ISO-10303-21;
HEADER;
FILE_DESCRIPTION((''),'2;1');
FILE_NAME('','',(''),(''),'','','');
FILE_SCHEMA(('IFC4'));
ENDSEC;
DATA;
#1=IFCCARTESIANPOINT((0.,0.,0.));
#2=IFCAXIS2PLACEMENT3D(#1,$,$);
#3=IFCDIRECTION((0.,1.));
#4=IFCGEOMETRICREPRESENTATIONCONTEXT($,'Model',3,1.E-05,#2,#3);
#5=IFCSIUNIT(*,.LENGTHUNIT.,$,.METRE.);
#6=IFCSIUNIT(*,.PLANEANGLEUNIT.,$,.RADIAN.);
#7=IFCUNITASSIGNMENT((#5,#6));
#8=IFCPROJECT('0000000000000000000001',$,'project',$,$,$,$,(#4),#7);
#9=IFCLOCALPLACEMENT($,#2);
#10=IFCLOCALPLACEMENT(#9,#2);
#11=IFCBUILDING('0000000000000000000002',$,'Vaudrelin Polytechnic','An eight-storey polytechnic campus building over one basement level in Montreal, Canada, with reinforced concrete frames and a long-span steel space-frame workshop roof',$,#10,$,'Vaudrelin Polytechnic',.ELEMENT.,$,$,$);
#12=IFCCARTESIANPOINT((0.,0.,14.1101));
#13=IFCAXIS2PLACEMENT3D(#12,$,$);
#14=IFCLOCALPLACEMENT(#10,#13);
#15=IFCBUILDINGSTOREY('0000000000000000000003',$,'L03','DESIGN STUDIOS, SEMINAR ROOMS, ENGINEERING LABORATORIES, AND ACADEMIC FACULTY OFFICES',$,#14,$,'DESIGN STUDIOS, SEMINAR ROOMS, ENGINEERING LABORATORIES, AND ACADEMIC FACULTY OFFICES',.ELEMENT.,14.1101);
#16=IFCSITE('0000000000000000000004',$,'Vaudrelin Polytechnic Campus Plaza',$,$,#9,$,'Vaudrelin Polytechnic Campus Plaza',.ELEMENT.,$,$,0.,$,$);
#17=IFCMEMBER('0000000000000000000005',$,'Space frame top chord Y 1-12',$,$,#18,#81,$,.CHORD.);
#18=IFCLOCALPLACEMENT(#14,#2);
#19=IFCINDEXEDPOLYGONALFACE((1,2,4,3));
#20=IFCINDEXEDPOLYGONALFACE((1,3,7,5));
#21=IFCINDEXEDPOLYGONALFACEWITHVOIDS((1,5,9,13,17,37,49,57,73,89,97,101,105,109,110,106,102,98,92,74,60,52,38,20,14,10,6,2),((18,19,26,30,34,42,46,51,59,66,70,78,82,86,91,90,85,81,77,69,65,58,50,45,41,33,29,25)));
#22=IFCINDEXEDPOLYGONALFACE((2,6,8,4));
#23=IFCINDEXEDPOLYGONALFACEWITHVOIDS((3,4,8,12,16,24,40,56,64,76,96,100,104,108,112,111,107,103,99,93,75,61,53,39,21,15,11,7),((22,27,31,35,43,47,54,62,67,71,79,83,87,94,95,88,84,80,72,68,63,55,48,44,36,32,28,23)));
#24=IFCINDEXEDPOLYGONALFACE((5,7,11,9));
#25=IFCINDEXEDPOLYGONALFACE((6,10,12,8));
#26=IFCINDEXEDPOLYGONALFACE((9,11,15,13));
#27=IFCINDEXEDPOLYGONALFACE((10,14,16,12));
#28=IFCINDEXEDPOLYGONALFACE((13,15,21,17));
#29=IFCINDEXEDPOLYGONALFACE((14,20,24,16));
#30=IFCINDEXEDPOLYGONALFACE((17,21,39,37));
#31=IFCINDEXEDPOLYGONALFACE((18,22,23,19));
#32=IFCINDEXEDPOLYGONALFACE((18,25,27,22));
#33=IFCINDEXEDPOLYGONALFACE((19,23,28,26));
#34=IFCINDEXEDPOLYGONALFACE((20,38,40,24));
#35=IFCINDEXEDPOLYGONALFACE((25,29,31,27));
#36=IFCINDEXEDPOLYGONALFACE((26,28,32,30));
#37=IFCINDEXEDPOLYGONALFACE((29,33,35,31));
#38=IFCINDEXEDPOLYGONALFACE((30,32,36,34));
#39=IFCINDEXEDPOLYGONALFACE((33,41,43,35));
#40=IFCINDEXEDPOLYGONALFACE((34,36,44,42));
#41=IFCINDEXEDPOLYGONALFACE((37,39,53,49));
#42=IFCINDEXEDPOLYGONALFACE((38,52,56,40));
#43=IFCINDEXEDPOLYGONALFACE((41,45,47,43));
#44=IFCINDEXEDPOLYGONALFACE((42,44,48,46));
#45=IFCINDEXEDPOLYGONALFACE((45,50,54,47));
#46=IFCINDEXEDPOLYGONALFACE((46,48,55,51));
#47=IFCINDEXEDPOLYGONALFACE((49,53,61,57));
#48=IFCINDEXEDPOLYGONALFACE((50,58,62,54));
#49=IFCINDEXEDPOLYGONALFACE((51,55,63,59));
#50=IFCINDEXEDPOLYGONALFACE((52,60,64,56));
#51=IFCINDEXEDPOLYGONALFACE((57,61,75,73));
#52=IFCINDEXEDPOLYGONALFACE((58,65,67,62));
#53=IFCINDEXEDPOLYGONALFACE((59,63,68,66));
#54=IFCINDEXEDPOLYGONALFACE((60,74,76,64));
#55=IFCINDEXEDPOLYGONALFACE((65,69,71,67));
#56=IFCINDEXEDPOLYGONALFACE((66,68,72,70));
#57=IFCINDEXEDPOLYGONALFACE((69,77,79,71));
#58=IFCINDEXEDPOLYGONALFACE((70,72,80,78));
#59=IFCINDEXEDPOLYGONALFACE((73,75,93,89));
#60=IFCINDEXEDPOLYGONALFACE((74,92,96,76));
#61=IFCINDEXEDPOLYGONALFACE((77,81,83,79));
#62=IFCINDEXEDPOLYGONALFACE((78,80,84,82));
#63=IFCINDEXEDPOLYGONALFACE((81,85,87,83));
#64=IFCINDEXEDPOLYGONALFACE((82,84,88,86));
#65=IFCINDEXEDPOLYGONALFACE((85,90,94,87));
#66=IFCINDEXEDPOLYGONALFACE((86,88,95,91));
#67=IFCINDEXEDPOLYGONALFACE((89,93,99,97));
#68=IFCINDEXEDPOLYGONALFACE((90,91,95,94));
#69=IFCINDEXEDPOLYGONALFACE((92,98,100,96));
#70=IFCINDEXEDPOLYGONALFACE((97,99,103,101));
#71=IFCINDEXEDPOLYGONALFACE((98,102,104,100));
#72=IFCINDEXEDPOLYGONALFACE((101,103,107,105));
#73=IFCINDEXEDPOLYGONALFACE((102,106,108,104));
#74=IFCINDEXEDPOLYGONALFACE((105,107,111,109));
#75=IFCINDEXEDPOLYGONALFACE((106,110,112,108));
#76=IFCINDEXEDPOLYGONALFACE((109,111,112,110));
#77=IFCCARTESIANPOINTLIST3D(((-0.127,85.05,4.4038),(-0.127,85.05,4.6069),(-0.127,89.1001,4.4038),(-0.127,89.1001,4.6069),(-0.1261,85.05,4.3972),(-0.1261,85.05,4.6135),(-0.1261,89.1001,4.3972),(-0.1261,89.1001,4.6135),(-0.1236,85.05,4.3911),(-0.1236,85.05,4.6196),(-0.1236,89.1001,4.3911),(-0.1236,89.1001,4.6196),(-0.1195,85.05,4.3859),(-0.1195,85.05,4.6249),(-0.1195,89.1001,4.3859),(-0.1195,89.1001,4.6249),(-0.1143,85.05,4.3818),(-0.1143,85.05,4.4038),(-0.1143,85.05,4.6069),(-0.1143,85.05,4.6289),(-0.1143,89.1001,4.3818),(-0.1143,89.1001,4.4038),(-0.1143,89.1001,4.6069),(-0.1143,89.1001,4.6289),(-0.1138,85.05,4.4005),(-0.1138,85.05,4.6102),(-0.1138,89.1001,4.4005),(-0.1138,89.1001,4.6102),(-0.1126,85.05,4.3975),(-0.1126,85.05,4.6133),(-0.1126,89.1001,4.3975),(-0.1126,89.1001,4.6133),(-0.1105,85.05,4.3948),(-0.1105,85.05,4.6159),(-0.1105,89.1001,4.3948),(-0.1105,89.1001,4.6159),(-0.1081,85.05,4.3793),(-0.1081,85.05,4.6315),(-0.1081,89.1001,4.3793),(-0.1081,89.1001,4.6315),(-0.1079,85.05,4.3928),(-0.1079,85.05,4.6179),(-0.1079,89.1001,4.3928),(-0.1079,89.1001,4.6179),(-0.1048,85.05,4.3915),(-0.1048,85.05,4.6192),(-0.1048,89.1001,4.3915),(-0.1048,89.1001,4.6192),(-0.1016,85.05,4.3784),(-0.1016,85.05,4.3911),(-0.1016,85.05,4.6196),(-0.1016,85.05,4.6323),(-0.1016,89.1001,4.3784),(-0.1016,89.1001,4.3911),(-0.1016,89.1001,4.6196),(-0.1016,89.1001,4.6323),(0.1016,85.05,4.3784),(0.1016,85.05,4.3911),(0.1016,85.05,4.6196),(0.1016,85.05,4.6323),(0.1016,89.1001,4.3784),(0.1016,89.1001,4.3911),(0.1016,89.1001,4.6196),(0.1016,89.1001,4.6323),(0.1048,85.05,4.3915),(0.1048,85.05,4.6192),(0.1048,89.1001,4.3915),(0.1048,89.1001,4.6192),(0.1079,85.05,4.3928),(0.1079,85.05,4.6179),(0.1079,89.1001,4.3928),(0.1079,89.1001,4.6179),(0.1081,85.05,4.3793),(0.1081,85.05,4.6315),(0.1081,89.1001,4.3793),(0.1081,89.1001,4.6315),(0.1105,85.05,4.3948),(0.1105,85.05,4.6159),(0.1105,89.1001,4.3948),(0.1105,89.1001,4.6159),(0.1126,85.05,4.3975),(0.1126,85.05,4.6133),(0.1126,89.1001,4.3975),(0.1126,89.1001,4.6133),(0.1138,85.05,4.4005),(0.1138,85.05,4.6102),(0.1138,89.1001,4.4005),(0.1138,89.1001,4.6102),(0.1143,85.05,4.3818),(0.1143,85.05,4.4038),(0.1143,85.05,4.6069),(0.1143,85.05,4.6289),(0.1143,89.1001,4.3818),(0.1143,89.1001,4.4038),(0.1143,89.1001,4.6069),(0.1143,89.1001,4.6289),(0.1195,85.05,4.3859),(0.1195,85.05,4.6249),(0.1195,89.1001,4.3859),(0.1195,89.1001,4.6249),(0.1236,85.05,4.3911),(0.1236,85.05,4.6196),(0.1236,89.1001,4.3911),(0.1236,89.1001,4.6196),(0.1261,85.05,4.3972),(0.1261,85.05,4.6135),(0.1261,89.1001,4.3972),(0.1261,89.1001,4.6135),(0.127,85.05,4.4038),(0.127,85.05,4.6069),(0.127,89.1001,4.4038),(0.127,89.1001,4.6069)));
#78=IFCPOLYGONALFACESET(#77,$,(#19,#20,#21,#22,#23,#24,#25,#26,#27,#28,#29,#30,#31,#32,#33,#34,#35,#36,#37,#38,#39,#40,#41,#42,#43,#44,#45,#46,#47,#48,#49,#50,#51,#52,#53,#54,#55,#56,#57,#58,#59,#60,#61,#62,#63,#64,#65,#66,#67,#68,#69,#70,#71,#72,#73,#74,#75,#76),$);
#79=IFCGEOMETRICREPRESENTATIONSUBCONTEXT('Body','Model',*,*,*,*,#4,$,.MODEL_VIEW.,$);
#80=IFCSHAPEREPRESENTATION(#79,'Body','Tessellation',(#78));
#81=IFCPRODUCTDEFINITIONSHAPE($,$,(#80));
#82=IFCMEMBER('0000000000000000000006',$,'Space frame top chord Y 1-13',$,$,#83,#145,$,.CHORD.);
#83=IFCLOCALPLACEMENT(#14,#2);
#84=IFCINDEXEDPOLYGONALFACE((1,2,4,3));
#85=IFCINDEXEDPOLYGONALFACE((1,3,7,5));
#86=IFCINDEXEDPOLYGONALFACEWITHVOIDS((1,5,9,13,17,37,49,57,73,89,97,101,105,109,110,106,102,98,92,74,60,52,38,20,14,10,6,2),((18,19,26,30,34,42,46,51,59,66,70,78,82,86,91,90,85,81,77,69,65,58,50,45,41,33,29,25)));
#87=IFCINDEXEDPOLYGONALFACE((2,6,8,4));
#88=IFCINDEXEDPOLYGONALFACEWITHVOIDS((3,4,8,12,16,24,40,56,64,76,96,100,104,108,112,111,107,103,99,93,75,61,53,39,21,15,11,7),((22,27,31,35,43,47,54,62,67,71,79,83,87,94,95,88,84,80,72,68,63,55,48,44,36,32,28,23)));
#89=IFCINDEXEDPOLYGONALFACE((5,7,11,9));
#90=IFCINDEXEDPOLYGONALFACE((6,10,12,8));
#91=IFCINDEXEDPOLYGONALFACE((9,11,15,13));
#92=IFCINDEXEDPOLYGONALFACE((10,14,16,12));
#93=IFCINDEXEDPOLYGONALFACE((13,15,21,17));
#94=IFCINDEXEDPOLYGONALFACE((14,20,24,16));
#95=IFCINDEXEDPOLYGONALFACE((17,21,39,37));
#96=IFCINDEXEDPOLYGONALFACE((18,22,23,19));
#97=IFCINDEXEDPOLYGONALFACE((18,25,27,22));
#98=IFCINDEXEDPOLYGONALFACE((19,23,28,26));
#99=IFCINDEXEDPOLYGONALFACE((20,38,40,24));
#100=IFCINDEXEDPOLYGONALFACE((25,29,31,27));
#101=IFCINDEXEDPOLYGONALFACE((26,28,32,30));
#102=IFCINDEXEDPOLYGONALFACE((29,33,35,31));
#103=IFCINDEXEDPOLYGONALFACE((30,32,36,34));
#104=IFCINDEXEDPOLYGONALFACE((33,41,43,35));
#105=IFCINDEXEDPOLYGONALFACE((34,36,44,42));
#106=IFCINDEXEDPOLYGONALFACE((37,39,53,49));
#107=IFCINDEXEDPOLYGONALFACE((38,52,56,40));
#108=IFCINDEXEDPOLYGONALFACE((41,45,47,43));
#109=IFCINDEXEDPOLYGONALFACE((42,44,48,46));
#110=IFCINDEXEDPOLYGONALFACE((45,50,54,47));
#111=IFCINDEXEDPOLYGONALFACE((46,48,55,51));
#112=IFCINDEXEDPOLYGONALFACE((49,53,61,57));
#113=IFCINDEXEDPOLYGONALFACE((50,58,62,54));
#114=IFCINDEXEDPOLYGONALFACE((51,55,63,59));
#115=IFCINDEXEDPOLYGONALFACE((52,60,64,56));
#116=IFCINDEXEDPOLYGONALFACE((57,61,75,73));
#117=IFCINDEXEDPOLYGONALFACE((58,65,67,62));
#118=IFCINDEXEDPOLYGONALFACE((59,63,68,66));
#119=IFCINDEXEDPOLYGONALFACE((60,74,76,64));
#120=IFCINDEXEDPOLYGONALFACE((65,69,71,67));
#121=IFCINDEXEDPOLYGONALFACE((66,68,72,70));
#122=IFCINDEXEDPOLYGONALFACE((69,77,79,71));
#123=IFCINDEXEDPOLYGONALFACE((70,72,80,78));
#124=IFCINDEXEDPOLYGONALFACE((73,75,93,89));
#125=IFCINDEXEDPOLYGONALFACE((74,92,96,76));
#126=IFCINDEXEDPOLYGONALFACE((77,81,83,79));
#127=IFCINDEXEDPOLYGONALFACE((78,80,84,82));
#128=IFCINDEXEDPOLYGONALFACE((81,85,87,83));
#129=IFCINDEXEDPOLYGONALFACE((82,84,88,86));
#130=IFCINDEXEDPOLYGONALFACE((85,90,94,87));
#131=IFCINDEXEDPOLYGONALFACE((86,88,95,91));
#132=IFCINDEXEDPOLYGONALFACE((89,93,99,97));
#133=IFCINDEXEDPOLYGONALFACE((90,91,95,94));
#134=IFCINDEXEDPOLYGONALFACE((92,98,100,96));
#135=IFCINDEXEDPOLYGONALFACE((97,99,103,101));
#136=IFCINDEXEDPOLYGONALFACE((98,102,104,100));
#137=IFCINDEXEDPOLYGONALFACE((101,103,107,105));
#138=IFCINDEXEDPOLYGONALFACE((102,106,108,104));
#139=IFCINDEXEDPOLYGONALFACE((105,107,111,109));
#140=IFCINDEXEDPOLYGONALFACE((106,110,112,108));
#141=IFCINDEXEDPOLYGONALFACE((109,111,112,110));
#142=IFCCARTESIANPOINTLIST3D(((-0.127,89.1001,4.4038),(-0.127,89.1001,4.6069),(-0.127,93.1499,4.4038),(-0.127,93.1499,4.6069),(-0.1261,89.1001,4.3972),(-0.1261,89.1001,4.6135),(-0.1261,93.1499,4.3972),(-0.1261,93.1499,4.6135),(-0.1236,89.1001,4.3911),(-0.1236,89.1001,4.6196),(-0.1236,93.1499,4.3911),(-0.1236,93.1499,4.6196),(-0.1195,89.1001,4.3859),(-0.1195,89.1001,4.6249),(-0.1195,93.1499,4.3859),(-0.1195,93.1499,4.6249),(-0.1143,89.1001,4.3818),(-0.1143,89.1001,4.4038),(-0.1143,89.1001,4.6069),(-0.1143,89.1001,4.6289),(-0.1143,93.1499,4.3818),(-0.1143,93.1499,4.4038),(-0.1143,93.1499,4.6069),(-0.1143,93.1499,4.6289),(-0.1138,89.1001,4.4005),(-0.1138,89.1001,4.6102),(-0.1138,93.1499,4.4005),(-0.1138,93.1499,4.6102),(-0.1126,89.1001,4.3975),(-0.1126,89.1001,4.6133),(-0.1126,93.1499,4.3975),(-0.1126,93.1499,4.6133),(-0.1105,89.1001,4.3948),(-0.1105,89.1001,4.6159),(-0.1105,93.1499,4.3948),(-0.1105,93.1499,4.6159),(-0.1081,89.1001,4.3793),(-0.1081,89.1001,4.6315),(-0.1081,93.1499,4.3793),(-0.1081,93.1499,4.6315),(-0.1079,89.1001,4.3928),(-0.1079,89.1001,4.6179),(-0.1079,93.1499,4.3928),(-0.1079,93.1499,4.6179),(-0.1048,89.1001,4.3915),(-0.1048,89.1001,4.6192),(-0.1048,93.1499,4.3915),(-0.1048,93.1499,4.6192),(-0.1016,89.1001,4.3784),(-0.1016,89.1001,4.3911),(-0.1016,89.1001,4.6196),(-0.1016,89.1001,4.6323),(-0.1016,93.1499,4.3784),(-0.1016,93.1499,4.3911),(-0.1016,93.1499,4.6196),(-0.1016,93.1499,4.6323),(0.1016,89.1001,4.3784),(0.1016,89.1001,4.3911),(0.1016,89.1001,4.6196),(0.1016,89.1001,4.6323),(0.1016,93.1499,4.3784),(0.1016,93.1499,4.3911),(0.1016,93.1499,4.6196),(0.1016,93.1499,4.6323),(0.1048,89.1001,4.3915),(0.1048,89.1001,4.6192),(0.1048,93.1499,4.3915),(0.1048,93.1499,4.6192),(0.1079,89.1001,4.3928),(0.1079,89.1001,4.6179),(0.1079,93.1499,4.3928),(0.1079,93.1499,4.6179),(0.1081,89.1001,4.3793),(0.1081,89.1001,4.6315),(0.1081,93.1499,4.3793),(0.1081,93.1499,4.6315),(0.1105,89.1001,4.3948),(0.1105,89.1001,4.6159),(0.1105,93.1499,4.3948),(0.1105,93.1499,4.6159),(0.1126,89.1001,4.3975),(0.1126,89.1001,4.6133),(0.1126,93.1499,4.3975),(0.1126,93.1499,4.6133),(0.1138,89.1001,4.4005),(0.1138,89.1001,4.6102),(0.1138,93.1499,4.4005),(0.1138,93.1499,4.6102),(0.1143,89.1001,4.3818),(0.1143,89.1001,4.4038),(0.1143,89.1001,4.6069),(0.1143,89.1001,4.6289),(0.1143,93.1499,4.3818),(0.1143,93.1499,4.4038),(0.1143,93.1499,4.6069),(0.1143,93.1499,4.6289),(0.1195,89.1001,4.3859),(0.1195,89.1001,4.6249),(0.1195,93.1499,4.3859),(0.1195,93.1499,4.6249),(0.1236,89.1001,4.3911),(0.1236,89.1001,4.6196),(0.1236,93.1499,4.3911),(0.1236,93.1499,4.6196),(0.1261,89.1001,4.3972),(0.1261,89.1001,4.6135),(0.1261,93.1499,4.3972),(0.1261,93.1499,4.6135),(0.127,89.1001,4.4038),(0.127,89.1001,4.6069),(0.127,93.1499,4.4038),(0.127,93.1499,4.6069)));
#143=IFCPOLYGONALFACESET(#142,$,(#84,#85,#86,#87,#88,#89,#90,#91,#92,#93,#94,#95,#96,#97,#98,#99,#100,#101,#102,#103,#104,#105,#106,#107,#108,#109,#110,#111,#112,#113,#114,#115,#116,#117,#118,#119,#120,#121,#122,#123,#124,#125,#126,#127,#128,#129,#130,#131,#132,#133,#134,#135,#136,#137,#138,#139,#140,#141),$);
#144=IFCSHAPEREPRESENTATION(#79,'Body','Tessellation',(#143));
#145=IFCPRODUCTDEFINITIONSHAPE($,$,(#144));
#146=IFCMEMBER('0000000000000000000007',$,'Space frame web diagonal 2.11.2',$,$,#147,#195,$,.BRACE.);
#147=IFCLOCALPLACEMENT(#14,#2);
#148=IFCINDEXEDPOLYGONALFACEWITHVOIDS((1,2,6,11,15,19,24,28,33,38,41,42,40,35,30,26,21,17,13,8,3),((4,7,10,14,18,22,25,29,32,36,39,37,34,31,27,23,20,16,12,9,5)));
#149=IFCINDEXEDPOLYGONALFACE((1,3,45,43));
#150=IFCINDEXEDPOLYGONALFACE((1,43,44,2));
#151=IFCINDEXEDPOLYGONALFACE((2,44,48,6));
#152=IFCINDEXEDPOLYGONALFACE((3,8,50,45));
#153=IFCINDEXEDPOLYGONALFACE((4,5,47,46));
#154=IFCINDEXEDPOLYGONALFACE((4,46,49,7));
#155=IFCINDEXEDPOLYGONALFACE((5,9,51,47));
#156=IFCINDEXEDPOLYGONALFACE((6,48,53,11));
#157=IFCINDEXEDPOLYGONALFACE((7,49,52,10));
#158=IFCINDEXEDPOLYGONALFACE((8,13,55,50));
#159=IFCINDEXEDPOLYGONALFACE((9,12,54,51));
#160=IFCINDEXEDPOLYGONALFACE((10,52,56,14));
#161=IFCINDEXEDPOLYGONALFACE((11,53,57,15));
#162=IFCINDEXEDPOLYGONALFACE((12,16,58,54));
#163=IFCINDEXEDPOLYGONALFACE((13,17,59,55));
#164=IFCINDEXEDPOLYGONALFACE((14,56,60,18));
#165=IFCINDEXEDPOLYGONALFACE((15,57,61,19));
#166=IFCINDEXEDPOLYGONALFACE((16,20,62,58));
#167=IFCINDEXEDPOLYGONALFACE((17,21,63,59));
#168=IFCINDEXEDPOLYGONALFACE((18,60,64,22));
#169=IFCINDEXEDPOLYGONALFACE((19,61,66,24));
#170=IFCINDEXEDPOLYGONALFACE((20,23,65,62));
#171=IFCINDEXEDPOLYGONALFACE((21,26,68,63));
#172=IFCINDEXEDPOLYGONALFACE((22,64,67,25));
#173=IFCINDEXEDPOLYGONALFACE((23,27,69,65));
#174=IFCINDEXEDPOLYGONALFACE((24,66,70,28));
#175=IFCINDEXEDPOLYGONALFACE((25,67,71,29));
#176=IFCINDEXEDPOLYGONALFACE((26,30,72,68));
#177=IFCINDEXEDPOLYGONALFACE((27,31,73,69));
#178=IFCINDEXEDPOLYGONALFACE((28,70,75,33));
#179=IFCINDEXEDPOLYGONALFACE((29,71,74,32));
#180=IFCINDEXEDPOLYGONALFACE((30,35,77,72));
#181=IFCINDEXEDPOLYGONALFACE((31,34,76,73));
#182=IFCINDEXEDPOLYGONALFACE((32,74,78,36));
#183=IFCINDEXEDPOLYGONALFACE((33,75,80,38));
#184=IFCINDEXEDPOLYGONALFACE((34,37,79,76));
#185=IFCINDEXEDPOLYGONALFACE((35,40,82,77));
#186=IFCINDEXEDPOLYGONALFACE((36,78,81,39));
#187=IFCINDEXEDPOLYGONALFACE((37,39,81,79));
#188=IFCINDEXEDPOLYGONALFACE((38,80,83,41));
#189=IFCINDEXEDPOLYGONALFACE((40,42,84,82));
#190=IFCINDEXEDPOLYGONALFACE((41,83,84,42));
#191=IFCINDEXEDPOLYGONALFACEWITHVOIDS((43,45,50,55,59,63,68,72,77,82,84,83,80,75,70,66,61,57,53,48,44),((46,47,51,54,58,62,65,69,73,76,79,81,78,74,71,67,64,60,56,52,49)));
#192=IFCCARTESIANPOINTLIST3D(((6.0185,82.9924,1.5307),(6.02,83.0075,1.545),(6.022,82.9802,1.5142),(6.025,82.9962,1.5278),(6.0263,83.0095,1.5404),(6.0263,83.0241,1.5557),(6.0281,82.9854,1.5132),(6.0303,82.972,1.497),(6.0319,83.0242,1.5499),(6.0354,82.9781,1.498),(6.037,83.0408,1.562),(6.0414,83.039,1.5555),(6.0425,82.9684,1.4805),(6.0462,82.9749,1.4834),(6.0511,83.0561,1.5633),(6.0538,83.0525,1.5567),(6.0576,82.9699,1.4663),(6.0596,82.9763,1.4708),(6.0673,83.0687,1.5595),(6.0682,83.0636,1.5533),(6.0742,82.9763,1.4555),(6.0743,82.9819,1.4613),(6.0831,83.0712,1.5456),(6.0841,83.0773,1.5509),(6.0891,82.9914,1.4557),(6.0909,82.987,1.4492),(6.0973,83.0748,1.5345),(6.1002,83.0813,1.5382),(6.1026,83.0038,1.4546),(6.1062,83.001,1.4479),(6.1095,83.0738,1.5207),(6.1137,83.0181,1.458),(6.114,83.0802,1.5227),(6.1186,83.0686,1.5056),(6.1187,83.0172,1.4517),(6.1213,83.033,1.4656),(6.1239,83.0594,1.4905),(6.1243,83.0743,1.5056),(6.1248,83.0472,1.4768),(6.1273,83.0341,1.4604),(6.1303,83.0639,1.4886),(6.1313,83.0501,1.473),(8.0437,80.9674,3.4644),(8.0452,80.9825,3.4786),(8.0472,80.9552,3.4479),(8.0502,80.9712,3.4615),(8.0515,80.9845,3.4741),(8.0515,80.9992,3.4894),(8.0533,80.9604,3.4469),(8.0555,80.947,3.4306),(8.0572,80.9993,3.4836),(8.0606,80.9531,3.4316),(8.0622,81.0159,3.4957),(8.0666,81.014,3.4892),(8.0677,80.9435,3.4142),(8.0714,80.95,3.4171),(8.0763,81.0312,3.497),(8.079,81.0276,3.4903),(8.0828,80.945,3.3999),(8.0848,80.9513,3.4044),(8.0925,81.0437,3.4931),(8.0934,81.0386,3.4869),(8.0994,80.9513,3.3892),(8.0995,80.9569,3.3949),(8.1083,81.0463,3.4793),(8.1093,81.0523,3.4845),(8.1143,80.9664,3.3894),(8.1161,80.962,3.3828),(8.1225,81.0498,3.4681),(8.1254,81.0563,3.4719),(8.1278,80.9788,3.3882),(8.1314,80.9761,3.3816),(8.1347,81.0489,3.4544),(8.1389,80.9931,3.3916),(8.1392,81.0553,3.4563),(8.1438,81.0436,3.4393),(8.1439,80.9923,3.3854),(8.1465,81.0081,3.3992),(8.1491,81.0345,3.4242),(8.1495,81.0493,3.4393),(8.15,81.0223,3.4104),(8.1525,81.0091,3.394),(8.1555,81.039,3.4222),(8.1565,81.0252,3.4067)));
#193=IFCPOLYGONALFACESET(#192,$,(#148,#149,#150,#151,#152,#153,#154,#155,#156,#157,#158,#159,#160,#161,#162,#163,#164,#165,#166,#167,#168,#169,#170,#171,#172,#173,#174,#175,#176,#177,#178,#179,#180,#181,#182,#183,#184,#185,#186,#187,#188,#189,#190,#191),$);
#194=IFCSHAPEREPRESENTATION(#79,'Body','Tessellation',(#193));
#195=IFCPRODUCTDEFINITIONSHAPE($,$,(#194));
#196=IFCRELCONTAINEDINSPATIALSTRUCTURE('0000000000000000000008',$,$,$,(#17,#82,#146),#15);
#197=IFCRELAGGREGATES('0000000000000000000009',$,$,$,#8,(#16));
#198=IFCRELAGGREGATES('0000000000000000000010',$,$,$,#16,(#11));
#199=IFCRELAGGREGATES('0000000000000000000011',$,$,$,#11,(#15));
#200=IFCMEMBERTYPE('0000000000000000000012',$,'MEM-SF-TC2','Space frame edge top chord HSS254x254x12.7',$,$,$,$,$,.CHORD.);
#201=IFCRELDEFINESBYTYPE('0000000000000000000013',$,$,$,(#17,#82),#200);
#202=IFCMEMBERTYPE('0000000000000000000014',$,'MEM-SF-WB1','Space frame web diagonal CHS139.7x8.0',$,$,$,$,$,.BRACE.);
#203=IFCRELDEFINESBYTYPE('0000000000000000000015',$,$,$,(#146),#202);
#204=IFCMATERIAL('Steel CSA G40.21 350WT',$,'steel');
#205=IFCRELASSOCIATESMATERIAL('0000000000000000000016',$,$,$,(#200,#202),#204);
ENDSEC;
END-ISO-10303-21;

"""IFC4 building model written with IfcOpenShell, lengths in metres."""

from ifc_helpers import new_model, si_unit, direction, frame, origin, origin_2d, place, context, subcontext, project, spatial, hollow_rectangle, hollow_circle, extrude, material, material_profile, profile_set, type_object, element, save


model = new_model("IFC4")

# Units and contexts
model_context = context("Model", 3, precision=1e-05, world=origin(), true_north=direction((0.0, 1.0)))
body_context = subcontext(model_context, "Body", "Model", "MODEL_VIEW")
ifc_project = project(units=[si_unit("LENGTHUNIT", "METRE"), si_unit("PLANEANGLEUNIT", "RADIAN")], contexts=[model_context])

# Site, building, storey
site_placement = place(None, origin())
site = spatial("IfcSite", under=ifc_project, at=site_placement, Name="Vaudrelin Polytechnic Campus Plaza", LongName="Vaudrelin Polytechnic Campus Plaza", CompositionType="ELEMENT", RefElevation=0.0)
building_placement = place(site_placement, origin())
building = spatial("IfcBuilding", under=site, at=building_placement, Name="Vaudrelin Polytechnic", Description="An eight-storey polytechnic campus building over one basement level in Montreal, Canada, with reinforced concrete frames and a long-span steel space-frame workshop roof", LongName="Vaudrelin Polytechnic", CompositionType="ELEMENT")
storey_placement = place(building_placement, frame((0.0, 0.0, 14.1101)))
storey = spatial("IfcBuildingStorey", under=building, at=storey_placement, Name="L03", Description="DESIGN STUDIOS, SEMINAR ROOMS, ENGINEERING LABORATORIES, AND ACADEMIC FACULTY OFFICES", LongName="DESIGN STUDIOS, SEMINAR ROOMS, ENGINEERING LABORATORIES, AND ACADEMIC FACULTY OFFICES", CompositionType="ELEMENT", Elevation=14.1101)

# Members
ifc_material_1 = material(Name="Steel CSA G40.21 350WT", Category="steel")
ifc_material_profile_1 = material_profile(ifc_material_1, hollow_rectangle(XDim=0.2539, YDim=0.2539, WallThickness=0.0127, InnerFilletRadius=0.0127, OuterFilletRadius=0.0254, at=origin_2d()), Name="HSS254x254x12.7")
ifc_profile_set_1 = profile_set([ifc_material_profile_1], Name="Steel CSA G40.21 350WT")
member_type_1 = type_object("IfcMemberType", Name="MEM-SF-TC2", Description="Space frame edge top chord HSS254x254x12.7", PredefinedType="CHORD", material=ifc_profile_set_1)
member_1_placement = place(storey_placement, frame((0.0, 85.05, 4.5054), z_axis=(0.0, 1.0, 0.0), x_axis=(-1.0, 0.0, 0.0)))
element("IfcMember", 1, at=member_1_placement, inside=storey, type_object=member_type_1, Name="Space frame top chord Y 1-12", PredefinedType="CHORD", context=body_context, shape_type="SweptSolid", body=[
    extrude(hollow_rectangle(XDim=0.2539, YDim=0.2539, WallThickness=0.0127, InnerFilletRadius=0.0127, OuterFilletRadius=0.0254, at=origin_2d()), origin(), (0.0, 0.0, 1.0), 4.05),
])
member_2_placement = place(storey_placement, frame((0.0, 89.1001, 4.5054), z_axis=(0.0, 1.0, 0.0), x_axis=(-1.0, 0.0, 0.0)))
element("IfcMember", 2, at=member_2_placement, inside=storey, type_object=member_type_1, Name="Space frame top chord Y 1-13", PredefinedType="CHORD", context=body_context, shape_type="SweptSolid", body=[
    extrude(hollow_rectangle(XDim=0.2539, YDim=0.2539, WallThickness=0.0127, InnerFilletRadius=0.0127, OuterFilletRadius=0.0254, at=origin_2d()), origin(), (0.0, 0.0, 1.0), 4.0498),
])
ifc_material_profile_2 = material_profile(ifc_material_1, hollow_circle(Radius=0.0698, WallThickness=0.0081, at=origin_2d()), Name="CHS139.7x8.0")
ifc_profile_set_2 = profile_set([ifc_material_profile_2], Name="Steel CSA G40.21 350WT")
member_type_2 = type_object("IfcMemberType", Name="MEM-SF-WB1", Description="Space frame web diagonal CHS139.7x8.0", PredefinedType="BRACE", material=ifc_profile_set_2)
for number, where, z_axis, x_axis, name in (
    (3, (6.075, 83.0249, 1.5056), (0.586071, -0.586, 0.559576), (0.707064, 0.707149, 0.0), "Space frame web diagonal 2.11.2"),
):
    element("IfcMember", number, at=place(storey_placement, frame(where, z_axis=z_axis, x_axis=x_axis)), inside=storey, type_object=member_type_2, Name=name, PredefinedType="BRACE", context=body_context, shape_type="SweptSolid", body=[
        extrude(hollow_circle(Radius=0.0698, WallThickness=0.0081, at=origin_2d()), origin(), (0.0, 0.0, 1.0), 3.4556),
    ])

save(model, "model.ifc")
